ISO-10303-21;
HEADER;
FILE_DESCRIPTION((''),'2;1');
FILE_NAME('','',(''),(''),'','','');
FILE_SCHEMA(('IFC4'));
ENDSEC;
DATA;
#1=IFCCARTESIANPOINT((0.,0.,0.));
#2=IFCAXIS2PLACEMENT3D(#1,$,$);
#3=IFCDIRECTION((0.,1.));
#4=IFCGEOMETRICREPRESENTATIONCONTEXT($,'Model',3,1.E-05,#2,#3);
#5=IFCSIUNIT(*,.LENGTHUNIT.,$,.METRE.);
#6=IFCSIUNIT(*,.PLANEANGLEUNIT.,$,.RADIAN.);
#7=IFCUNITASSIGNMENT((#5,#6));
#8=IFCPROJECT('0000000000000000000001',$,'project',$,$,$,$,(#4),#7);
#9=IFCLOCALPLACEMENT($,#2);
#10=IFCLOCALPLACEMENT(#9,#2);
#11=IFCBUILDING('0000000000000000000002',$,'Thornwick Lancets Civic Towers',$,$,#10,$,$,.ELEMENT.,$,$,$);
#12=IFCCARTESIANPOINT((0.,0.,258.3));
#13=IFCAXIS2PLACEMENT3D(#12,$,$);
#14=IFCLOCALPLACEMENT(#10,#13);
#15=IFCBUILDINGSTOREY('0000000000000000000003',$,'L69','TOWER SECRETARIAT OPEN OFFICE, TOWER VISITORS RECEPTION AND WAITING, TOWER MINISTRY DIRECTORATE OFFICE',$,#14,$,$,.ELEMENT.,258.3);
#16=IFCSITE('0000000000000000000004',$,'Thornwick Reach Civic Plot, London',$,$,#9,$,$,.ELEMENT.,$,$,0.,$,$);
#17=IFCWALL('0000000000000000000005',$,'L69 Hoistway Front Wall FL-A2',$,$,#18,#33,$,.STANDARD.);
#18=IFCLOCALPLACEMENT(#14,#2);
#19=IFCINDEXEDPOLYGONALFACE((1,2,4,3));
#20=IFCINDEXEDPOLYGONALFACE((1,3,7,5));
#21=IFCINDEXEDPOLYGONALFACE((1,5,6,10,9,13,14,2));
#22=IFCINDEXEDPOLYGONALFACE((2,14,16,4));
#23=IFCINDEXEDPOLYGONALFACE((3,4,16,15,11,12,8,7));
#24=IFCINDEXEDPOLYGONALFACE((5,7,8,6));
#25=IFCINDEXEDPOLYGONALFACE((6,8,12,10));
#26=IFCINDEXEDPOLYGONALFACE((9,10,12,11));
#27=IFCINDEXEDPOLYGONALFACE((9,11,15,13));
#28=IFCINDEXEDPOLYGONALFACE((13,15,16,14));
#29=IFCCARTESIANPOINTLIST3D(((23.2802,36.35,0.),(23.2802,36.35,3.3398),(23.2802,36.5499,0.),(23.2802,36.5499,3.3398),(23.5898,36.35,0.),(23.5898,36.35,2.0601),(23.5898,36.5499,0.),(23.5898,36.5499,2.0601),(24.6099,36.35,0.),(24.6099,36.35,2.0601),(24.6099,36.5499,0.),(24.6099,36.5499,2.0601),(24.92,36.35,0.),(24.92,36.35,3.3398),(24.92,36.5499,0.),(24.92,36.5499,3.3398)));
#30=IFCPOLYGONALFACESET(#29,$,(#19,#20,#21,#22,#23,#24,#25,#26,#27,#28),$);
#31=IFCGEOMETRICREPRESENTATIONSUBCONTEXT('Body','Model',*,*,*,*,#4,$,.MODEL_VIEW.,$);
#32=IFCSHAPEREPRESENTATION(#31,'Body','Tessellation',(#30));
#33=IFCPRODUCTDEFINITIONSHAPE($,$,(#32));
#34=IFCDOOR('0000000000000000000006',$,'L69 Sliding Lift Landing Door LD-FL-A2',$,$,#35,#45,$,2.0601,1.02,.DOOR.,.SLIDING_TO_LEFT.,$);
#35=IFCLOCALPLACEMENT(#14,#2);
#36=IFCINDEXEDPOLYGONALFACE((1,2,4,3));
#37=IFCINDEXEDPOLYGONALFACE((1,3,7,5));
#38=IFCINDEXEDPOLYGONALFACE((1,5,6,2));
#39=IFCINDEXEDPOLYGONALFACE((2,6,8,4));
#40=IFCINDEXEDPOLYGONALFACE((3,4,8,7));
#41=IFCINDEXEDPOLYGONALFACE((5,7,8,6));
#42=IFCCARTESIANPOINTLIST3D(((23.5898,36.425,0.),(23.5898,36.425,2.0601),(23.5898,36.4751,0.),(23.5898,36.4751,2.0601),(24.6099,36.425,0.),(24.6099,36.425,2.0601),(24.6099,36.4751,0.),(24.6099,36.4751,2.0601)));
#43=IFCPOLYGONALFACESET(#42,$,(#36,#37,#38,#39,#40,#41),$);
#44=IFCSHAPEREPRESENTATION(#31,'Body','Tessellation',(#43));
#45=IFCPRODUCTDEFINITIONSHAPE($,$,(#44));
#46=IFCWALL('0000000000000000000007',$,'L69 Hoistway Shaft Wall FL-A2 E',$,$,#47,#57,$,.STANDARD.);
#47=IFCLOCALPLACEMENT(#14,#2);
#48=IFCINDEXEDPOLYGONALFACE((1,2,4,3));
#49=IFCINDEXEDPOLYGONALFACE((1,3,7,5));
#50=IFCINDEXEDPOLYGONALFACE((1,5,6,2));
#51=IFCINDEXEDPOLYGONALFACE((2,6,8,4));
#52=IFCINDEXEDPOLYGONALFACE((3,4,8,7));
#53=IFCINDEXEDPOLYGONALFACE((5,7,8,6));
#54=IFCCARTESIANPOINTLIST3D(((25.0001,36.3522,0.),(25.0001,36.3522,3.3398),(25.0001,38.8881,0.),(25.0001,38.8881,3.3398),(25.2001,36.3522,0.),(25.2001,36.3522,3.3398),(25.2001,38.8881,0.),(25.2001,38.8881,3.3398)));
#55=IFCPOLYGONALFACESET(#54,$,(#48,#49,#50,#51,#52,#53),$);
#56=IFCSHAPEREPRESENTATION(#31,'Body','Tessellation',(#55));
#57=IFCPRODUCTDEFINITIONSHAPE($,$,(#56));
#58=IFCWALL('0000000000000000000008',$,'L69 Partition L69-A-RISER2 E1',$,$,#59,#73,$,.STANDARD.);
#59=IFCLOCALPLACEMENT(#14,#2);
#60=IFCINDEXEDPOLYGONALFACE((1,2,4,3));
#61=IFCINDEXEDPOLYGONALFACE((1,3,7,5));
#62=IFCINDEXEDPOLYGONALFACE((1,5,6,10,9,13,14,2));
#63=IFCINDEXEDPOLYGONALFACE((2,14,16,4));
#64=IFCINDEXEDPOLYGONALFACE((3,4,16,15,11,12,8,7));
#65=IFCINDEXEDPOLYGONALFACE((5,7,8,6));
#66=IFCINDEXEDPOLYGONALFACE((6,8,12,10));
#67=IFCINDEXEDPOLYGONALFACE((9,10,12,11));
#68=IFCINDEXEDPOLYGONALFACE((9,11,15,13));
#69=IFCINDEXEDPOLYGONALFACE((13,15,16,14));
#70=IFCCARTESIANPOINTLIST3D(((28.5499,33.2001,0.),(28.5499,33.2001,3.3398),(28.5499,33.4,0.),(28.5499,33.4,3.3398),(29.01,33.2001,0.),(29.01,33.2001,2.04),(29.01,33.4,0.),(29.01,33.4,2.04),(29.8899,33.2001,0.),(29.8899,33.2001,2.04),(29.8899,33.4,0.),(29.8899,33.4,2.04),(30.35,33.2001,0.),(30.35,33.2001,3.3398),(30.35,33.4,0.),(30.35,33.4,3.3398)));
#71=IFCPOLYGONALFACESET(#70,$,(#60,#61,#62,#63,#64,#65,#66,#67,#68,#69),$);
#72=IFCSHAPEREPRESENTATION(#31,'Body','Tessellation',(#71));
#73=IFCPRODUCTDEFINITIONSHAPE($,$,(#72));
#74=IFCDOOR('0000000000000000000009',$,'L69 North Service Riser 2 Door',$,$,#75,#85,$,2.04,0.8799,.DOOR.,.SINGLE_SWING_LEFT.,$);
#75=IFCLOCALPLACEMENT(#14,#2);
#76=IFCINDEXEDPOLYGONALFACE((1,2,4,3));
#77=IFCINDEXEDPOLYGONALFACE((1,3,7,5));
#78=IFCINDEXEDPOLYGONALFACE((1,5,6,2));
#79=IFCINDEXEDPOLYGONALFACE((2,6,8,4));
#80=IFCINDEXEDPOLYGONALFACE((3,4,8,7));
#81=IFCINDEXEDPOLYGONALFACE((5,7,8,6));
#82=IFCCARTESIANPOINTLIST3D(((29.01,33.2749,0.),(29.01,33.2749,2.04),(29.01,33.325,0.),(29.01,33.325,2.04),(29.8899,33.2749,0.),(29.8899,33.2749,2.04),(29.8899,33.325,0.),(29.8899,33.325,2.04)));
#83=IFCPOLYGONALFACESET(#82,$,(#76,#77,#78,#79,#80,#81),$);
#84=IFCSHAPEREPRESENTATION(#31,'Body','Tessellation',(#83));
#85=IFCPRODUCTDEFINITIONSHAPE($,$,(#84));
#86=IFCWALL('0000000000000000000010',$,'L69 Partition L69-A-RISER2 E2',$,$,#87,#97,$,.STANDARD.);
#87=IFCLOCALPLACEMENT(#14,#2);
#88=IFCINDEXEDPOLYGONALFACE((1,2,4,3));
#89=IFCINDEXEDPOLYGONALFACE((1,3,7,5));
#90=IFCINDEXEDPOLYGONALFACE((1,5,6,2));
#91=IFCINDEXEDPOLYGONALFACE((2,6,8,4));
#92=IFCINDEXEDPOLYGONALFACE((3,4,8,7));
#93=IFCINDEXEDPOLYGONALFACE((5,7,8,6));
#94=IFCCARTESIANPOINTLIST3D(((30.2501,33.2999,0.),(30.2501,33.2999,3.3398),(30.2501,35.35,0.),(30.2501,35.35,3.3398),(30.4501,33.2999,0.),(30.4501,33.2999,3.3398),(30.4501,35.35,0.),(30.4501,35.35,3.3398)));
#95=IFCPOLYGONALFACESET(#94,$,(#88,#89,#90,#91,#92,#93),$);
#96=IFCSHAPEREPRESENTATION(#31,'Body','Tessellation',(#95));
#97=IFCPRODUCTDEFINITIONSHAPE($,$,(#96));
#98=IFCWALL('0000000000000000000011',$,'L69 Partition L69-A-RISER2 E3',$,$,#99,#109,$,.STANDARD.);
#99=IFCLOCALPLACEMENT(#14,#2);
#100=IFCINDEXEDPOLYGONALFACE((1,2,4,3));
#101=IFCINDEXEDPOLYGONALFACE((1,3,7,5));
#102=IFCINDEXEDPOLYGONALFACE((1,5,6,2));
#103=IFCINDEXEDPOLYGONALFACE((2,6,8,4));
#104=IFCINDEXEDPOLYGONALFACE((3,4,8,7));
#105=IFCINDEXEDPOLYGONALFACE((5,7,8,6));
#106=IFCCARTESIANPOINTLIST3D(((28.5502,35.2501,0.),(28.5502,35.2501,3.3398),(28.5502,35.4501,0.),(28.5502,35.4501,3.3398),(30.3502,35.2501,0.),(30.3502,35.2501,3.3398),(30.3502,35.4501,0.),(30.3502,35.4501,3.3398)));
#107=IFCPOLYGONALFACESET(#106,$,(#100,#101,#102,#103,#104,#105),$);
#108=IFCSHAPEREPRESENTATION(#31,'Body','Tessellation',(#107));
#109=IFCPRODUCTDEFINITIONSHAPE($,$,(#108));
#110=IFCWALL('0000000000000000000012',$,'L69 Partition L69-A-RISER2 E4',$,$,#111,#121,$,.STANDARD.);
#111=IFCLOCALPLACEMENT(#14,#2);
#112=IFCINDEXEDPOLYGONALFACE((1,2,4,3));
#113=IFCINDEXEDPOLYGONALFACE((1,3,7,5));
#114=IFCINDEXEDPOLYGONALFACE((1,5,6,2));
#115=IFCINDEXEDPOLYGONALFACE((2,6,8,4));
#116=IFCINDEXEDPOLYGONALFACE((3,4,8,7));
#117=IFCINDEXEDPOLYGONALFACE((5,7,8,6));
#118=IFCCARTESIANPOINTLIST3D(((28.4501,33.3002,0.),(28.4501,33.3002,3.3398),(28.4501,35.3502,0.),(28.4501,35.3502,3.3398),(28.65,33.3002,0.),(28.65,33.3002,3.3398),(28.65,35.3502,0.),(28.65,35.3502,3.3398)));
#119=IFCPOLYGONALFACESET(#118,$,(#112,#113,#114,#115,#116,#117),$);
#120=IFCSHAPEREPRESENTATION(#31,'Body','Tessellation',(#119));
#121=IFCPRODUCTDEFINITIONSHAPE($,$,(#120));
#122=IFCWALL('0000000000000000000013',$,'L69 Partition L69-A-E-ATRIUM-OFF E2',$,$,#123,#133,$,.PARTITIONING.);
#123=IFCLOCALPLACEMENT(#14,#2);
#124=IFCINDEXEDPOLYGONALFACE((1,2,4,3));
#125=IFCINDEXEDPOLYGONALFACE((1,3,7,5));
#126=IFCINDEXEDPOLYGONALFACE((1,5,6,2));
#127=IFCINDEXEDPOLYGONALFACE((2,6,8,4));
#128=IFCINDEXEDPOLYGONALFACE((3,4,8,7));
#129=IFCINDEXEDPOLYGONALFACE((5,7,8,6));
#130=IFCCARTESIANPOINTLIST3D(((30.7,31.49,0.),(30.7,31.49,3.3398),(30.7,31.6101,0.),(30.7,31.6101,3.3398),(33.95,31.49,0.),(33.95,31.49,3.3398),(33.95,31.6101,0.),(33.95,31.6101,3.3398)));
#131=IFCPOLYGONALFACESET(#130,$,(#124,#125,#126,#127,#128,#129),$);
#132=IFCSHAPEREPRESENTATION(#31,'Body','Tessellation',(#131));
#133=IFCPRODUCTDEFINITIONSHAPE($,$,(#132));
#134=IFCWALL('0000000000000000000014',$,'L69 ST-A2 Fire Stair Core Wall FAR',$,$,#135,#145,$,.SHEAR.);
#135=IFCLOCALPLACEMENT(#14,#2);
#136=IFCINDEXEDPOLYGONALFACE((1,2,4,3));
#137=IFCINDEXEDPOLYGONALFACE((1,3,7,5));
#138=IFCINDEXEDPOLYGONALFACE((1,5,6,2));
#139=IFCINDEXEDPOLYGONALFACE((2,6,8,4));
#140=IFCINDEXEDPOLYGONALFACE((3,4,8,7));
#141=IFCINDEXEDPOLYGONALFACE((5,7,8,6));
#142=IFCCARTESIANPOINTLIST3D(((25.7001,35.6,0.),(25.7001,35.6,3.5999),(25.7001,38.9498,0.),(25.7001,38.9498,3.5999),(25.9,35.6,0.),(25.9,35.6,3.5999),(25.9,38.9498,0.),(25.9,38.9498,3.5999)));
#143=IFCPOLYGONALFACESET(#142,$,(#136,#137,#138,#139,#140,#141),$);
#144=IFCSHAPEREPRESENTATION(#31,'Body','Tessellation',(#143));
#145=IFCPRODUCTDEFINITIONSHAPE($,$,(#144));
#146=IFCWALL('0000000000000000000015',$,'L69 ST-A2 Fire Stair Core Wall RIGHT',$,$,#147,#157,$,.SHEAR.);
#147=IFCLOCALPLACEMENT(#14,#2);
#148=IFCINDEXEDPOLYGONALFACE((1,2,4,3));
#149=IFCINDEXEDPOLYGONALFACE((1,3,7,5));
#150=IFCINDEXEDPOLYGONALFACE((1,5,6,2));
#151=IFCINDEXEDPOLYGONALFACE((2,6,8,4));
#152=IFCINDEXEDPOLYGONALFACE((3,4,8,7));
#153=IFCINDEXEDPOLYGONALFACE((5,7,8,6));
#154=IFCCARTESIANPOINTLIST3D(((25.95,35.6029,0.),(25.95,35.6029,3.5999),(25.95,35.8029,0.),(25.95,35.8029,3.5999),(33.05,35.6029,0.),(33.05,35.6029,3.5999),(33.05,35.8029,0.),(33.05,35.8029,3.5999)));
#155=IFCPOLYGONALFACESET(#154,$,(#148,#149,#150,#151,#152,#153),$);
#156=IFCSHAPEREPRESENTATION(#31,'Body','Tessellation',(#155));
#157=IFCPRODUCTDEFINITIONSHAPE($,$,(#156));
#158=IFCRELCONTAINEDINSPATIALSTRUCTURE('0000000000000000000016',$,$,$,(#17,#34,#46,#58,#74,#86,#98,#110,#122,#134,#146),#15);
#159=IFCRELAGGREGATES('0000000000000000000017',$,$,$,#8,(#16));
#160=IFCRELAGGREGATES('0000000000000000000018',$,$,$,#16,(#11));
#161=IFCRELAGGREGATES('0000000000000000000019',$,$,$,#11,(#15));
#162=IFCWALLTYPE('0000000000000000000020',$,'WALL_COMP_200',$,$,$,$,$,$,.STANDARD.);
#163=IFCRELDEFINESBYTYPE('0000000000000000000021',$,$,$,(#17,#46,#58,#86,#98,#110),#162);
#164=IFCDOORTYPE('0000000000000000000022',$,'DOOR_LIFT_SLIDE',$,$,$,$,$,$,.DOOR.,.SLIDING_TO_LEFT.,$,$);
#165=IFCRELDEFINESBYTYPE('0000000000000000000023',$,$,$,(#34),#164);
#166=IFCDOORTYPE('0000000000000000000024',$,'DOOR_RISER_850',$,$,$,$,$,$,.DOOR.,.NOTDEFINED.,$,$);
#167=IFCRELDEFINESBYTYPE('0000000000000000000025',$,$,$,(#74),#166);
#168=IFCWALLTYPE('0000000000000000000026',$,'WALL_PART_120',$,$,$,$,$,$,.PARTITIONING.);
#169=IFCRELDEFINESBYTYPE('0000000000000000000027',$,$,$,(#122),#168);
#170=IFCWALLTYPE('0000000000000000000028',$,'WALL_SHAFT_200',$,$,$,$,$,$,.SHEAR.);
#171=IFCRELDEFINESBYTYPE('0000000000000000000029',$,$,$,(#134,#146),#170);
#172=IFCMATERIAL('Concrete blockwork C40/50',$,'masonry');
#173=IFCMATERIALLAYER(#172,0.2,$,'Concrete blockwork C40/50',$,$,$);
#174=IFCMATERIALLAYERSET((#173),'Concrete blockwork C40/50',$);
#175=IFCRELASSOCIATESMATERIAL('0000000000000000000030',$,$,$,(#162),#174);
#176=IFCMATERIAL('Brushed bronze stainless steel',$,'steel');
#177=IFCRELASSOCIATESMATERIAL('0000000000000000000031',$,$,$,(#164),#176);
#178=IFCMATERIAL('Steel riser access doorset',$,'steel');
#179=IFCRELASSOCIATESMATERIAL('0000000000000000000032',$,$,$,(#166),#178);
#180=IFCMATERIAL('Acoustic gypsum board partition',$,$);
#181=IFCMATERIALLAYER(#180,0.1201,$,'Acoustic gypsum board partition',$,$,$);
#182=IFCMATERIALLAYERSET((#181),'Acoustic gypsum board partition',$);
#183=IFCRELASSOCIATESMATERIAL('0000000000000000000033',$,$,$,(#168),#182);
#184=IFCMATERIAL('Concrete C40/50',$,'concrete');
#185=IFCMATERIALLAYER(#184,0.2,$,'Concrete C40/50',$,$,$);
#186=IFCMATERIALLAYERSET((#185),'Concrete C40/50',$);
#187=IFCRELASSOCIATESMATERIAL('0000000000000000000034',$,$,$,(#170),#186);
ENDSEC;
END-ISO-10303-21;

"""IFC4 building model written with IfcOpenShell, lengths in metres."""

from ifc_helpers import new_model, si_unit, direction, frame, frame_2d, origin, place, context, subcontext, project, spatial, rectangle, extrude, material, layer, layer_set, type_object, element, fill, save


model = new_model("IFC4")

# Units and contexts
model_context = context("Model", 3, precision=1e-05, world=origin(), true_north=direction((0.0, 1.0)))
body_context = subcontext(model_context, "Body", "Model", "MODEL_VIEW")
ifc_project = project(units=[si_unit("LENGTHUNIT", "METRE"), si_unit("PLANEANGLEUNIT", "RADIAN")], contexts=[model_context])

# Site, building, storey
site_placement = place(None, origin())
site = spatial("IfcSite", under=ifc_project, at=site_placement, Name="Thornwick Reach Civic Plot, London", CompositionType="ELEMENT", RefElevation=0.0)
building_placement = place(site_placement, origin())
building = spatial("IfcBuilding", under=site, at=building_placement, Name="Thornwick Lancets Civic Towers", CompositionType="ELEMENT")
storey_placement = place(building_placement, frame((0.0, 0.0, 258.3)))
storey = spatial("IfcBuildingStorey", under=building, at=storey_placement, Name="L69", Description="TOWER SECRETARIAT OPEN OFFICE, TOWER VISITORS RECEPTION AND WAITING, TOWER MINISTRY DIRECTORATE OFFICE", CompositionType="ELEMENT", Elevation=258.3)

# Shared definitions
ifc_material_1 = material(Name="Concrete C40/50", Category="concrete")

# Wall, opening, door
ifc_material_2 = material(Name="Concrete blockwork C40/50", Category="masonry")
ifc_layer_1 = layer(ifc_material_2, 0.2, Name="Concrete blockwork C40/50")
ifc_layer_set_1 = layer_set([ifc_layer_1], Name="Concrete blockwork C40/50")
wall_type_1 = type_object("IfcWallType", Name="WALL_COMP_200", PredefinedType="STANDARD", material=ifc_layer_set_1)
wall_1_placement = place(storey_placement, frame((24.9199, 36.45, 0.0), z_axis=(0.0, 0.0, 1.0), x_axis=(-1.0, 0.0, 0.0)))
wall_1 = element("IfcWall", 1, at=wall_1_placement, inside=storey, type_object=wall_type_1, Name="L69 Hoistway Front Wall FL-A2", PredefinedType="STANDARD", context=body_context, shape_type="SweptSolid", body=[
    extrude(rectangle(XDim=1.6399, YDim=0.2, at=frame_2d((0.8198, 0.0))), origin(), (0.0, 0.0, 1.0), 3.3398),
])
opening_1_placement = place(wall_1_placement, frame((0.3101, 0.0, 0.0)))
opening_1 = element("IfcOpeningElement", 2, at=opening_1_placement, cuts=wall_1, PredefinedType="OPENING", context=body_context, shape_type="SweptSolid", body=[
    extrude(rectangle(XDim=1.02, YDim=2.0601, at=frame_2d((0.51, 1.03))), frame((0.0, 0.1099, 0.0), z_axis=(0.0, -1.0, 0.0), x_axis=(1.0, 0.0, 0.0)), (0.0, 0.0, 1.0), 0.22),
])
ifc_material_3 = material(Name="Brushed bronze stainless steel", Category="steel")
door_type_1 = type_object("IfcDoorType", Name="DOOR_LIFT_SLIDE", OperationType="SLIDING_TO_LEFT", PredefinedType="DOOR", material=ifc_material_3)
door_1_placement = place(opening_1_placement, origin())
door_1 = element("IfcDoor", 3, at=door_1_placement, inside=storey, type_object=door_type_1, Name="L69 Sliding Lift Landing Door LD-FL-A2", OperationType="SLIDING_TO_LEFT", OverallHeight=2.0601, OverallWidth=1.02, PredefinedType="DOOR", context=body_context, shape_type="SweptSolid", body=[
    extrude(rectangle(XDim=1.02, YDim=2.0601, at=frame_2d((0.51, 1.03))), frame((0.0, 0.0249, 0.0), z_axis=(0.0, -1.0, 0.0), x_axis=(1.0, 0.0, 0.0)), (0.0, 0.0, 1.0), 0.05),
])
fill(opening_1, door_1)

# Wall
wall_2_placement = place(storey_placement, frame((25.1001, 36.3521, 0.0), z_axis=(0.0, 0.0, 1.0), x_axis=(0.0, 1.0, 0.0)))
element("IfcWall", 4, at=wall_2_placement, inside=storey, type_object=wall_type_1, Name="L69 Hoistway Shaft Wall FL-A2 E", PredefinedType="STANDARD", context=body_context, shape_type="SweptSolid", body=[
    extrude(rectangle(XDim=2.5359, YDim=0.2, at=frame_2d((1.2681, 0.0))), origin(), (0.0, 0.0, 1.0), 3.3398),
])

# Wall, opening, door
wall_3_placement = place(storey_placement, frame((28.55, 33.3, 0.0), z_axis=(0.0, 0.0, 1.0), x_axis=(1.0, 0.0, 0.0)))
wall_3 = element("IfcWall", 5, at=wall_3_placement, inside=storey, type_object=wall_type_1, Name="L69 Partition L69-A-RISER2 E1", PredefinedType="STANDARD", context=body_context, shape_type="SweptSolid", body=[
    extrude(rectangle(XDim=1.8, YDim=0.2, at=frame_2d((0.8999, 0.0))), origin(), (0.0, 0.0, 1.0), 3.3398),
])
opening_2_placement = place(wall_3_placement, frame((0.46, 0.0, 0.0)))
opening_2 = element("IfcOpeningElement", 6, at=opening_2_placement, cuts=wall_3, PredefinedType="OPENING", context=body_context, shape_type="SweptSolid", body=[
    extrude(rectangle(XDim=0.8799, YDim=2.04, at=frame_2d((0.4399, 1.02))), frame((0.0, 0.1099, 0.0), z_axis=(0.0, -1.0, 0.0), x_axis=(1.0, 0.0, 0.0)), (0.0, 0.0, 1.0), 0.22),
])
ifc_material_4 = material(Name="Steel riser access doorset", Category="steel")
door_type_2 = type_object("IfcDoorType", Name="DOOR_RISER_850", OperationType="NOTDEFINED", PredefinedType="DOOR", material=ifc_material_4)
door_2_placement = place(opening_2_placement, origin())
door_2 = element("IfcDoor", 7, at=door_2_placement, inside=storey, type_object=door_type_2, Name="L69 North Service Riser 2 Door", OperationType="SINGLE_SWING_LEFT", OverallHeight=2.04, OverallWidth=0.8799, PredefinedType="DOOR", context=body_context, shape_type="SweptSolid", body=[
    extrude(rectangle(XDim=0.8799, YDim=2.04, at=frame_2d((0.4399, 1.02))), frame((0.0, 0.0249, 0.0), z_axis=(0.0, -1.0, 0.0), x_axis=(1.0, 0.0, 0.0)), (0.0, 0.0, 1.0), 0.05),
])
fill(opening_2, door_2)

# Walls
wall_4_placement = place(storey_placement, frame((30.3501, 33.3, 0.0), z_axis=(0.0, 0.0, 1.0), x_axis=(0.0, 1.0, 0.0)))
element("IfcWall", 8, at=wall_4_placement, inside=storey, type_object=wall_type_1, Name="L69 Partition L69-A-RISER2 E2", PredefinedType="STANDARD", context=body_context, shape_type="SweptSolid", body=[
    extrude(rectangle(XDim=2.05, YDim=0.2, at=frame_2d((1.0249, 0.0))), origin(), (0.0, 0.0, 1.0), 3.3398),
])
wall_5_placement = place(storey_placement, frame((30.3501, 35.3501, 0.0), z_axis=(0.0, 0.0, 1.0), x_axis=(-1.0, 0.0, 0.0)))
element("IfcWall", 9, at=wall_5_placement, inside=storey, type_object=wall_type_1, Name="L69 Partition L69-A-RISER2 E3", PredefinedType="STANDARD", context=body_context, shape_type="SweptSolid", body=[
    extrude(rectangle(XDim=1.8, YDim=0.2, at=frame_2d((0.8999, 0.0))), origin(), (0.0, 0.0, 1.0), 3.3398),
])
wall_6_placement = place(storey_placement, frame((28.55, 35.3501, 0.0), z_axis=(0.0, 0.0, 1.0), x_axis=(0.0, -1.0, 0.0)))
element("IfcWall", 10, at=wall_6_placement, inside=storey, type_object=wall_type_1, Name="L69 Partition L69-A-RISER2 E4", PredefinedType="STANDARD", context=body_context, shape_type="SweptSolid", body=[
    extrude(rectangle(XDim=2.05, YDim=0.2, at=frame_2d((1.0249, 0.0))), origin(), (0.0, 0.0, 1.0), 3.3398),
])
ifc_material_5 = material(Name="Acoustic gypsum board partition")
ifc_layer_2 = layer(ifc_material_5, 0.1201, Name="Acoustic gypsum board partition")
ifc_layer_set_2 = layer_set([ifc_layer_2], Name="Acoustic gypsum board partition")
wall_type_2 = type_object("IfcWallType", Name="WALL_PART_120", PredefinedType="PARTITIONING", material=ifc_layer_set_2)
wall_7_placement = place(storey_placement, frame((30.7, 31.55, 0.0), z_axis=(0.0, 0.0, 1.0), x_axis=(1.0, 0.0, 0.0)))
element("IfcWall", 11, at=wall_7_placement, inside=storey, type_object=wall_type_2, Name="L69 Partition L69-A-E-ATRIUM-OFF E2", PredefinedType="PARTITIONING", context=body_context, shape_type="SweptSolid", body=[
    extrude(rectangle(XDim=3.25, YDim=0.1201, at=frame_2d((1.625, 0.0))), origin(), (0.0, 0.0, 1.0), 3.3398),
])
ifc_layer_3 = layer(ifc_material_1, 0.2, Name="Concrete C40/50")
ifc_layer_set_3 = layer_set([ifc_layer_3], Name="Concrete C40/50")
wall_type_3 = type_object("IfcWallType", Name="WALL_SHAFT_200", PredefinedType="SHEAR", material=ifc_layer_set_3)
wall_8_placement = place(storey_placement, frame((25.8, 35.6001, 0.0), z_axis=(0.0, 0.0, 1.0), x_axis=(0.0, 1.0, 0.0)))
element("IfcWall", 12, at=wall_8_placement, inside=storey, type_object=wall_type_3, Name="L69 ST-A2 Fire Stair Core Wall FAR", PredefinedType="SHEAR", context=body_context, shape_type="SweptSolid", body=[
    extrude(rectangle(XDim=3.3499, YDim=0.2, at=frame_2d((1.6748, 0.0))), origin(), (0.0, 0.0, 1.0), 3.5999),
])
wall_9_placement = place(storey_placement, frame((25.95, 35.7029, 0.0), z_axis=(0.0, 0.0, 1.0), x_axis=(1.0, 0.0, 0.0)))
element("IfcWall", 13, at=wall_9_placement, inside=storey, type_object=wall_type_3, Name="L69 ST-A2 Fire Stair Core Wall RIGHT", PredefinedType="SHEAR", context=body_context, shape_type="SweptSolid", body=[
    extrude(rectangle(XDim=7.1001, YDim=0.2, at=frame_2d((3.55, 0.0))), origin(), (0.0, 0.0, 1.0), 3.5999),
])

save(model, "model.ifc")
